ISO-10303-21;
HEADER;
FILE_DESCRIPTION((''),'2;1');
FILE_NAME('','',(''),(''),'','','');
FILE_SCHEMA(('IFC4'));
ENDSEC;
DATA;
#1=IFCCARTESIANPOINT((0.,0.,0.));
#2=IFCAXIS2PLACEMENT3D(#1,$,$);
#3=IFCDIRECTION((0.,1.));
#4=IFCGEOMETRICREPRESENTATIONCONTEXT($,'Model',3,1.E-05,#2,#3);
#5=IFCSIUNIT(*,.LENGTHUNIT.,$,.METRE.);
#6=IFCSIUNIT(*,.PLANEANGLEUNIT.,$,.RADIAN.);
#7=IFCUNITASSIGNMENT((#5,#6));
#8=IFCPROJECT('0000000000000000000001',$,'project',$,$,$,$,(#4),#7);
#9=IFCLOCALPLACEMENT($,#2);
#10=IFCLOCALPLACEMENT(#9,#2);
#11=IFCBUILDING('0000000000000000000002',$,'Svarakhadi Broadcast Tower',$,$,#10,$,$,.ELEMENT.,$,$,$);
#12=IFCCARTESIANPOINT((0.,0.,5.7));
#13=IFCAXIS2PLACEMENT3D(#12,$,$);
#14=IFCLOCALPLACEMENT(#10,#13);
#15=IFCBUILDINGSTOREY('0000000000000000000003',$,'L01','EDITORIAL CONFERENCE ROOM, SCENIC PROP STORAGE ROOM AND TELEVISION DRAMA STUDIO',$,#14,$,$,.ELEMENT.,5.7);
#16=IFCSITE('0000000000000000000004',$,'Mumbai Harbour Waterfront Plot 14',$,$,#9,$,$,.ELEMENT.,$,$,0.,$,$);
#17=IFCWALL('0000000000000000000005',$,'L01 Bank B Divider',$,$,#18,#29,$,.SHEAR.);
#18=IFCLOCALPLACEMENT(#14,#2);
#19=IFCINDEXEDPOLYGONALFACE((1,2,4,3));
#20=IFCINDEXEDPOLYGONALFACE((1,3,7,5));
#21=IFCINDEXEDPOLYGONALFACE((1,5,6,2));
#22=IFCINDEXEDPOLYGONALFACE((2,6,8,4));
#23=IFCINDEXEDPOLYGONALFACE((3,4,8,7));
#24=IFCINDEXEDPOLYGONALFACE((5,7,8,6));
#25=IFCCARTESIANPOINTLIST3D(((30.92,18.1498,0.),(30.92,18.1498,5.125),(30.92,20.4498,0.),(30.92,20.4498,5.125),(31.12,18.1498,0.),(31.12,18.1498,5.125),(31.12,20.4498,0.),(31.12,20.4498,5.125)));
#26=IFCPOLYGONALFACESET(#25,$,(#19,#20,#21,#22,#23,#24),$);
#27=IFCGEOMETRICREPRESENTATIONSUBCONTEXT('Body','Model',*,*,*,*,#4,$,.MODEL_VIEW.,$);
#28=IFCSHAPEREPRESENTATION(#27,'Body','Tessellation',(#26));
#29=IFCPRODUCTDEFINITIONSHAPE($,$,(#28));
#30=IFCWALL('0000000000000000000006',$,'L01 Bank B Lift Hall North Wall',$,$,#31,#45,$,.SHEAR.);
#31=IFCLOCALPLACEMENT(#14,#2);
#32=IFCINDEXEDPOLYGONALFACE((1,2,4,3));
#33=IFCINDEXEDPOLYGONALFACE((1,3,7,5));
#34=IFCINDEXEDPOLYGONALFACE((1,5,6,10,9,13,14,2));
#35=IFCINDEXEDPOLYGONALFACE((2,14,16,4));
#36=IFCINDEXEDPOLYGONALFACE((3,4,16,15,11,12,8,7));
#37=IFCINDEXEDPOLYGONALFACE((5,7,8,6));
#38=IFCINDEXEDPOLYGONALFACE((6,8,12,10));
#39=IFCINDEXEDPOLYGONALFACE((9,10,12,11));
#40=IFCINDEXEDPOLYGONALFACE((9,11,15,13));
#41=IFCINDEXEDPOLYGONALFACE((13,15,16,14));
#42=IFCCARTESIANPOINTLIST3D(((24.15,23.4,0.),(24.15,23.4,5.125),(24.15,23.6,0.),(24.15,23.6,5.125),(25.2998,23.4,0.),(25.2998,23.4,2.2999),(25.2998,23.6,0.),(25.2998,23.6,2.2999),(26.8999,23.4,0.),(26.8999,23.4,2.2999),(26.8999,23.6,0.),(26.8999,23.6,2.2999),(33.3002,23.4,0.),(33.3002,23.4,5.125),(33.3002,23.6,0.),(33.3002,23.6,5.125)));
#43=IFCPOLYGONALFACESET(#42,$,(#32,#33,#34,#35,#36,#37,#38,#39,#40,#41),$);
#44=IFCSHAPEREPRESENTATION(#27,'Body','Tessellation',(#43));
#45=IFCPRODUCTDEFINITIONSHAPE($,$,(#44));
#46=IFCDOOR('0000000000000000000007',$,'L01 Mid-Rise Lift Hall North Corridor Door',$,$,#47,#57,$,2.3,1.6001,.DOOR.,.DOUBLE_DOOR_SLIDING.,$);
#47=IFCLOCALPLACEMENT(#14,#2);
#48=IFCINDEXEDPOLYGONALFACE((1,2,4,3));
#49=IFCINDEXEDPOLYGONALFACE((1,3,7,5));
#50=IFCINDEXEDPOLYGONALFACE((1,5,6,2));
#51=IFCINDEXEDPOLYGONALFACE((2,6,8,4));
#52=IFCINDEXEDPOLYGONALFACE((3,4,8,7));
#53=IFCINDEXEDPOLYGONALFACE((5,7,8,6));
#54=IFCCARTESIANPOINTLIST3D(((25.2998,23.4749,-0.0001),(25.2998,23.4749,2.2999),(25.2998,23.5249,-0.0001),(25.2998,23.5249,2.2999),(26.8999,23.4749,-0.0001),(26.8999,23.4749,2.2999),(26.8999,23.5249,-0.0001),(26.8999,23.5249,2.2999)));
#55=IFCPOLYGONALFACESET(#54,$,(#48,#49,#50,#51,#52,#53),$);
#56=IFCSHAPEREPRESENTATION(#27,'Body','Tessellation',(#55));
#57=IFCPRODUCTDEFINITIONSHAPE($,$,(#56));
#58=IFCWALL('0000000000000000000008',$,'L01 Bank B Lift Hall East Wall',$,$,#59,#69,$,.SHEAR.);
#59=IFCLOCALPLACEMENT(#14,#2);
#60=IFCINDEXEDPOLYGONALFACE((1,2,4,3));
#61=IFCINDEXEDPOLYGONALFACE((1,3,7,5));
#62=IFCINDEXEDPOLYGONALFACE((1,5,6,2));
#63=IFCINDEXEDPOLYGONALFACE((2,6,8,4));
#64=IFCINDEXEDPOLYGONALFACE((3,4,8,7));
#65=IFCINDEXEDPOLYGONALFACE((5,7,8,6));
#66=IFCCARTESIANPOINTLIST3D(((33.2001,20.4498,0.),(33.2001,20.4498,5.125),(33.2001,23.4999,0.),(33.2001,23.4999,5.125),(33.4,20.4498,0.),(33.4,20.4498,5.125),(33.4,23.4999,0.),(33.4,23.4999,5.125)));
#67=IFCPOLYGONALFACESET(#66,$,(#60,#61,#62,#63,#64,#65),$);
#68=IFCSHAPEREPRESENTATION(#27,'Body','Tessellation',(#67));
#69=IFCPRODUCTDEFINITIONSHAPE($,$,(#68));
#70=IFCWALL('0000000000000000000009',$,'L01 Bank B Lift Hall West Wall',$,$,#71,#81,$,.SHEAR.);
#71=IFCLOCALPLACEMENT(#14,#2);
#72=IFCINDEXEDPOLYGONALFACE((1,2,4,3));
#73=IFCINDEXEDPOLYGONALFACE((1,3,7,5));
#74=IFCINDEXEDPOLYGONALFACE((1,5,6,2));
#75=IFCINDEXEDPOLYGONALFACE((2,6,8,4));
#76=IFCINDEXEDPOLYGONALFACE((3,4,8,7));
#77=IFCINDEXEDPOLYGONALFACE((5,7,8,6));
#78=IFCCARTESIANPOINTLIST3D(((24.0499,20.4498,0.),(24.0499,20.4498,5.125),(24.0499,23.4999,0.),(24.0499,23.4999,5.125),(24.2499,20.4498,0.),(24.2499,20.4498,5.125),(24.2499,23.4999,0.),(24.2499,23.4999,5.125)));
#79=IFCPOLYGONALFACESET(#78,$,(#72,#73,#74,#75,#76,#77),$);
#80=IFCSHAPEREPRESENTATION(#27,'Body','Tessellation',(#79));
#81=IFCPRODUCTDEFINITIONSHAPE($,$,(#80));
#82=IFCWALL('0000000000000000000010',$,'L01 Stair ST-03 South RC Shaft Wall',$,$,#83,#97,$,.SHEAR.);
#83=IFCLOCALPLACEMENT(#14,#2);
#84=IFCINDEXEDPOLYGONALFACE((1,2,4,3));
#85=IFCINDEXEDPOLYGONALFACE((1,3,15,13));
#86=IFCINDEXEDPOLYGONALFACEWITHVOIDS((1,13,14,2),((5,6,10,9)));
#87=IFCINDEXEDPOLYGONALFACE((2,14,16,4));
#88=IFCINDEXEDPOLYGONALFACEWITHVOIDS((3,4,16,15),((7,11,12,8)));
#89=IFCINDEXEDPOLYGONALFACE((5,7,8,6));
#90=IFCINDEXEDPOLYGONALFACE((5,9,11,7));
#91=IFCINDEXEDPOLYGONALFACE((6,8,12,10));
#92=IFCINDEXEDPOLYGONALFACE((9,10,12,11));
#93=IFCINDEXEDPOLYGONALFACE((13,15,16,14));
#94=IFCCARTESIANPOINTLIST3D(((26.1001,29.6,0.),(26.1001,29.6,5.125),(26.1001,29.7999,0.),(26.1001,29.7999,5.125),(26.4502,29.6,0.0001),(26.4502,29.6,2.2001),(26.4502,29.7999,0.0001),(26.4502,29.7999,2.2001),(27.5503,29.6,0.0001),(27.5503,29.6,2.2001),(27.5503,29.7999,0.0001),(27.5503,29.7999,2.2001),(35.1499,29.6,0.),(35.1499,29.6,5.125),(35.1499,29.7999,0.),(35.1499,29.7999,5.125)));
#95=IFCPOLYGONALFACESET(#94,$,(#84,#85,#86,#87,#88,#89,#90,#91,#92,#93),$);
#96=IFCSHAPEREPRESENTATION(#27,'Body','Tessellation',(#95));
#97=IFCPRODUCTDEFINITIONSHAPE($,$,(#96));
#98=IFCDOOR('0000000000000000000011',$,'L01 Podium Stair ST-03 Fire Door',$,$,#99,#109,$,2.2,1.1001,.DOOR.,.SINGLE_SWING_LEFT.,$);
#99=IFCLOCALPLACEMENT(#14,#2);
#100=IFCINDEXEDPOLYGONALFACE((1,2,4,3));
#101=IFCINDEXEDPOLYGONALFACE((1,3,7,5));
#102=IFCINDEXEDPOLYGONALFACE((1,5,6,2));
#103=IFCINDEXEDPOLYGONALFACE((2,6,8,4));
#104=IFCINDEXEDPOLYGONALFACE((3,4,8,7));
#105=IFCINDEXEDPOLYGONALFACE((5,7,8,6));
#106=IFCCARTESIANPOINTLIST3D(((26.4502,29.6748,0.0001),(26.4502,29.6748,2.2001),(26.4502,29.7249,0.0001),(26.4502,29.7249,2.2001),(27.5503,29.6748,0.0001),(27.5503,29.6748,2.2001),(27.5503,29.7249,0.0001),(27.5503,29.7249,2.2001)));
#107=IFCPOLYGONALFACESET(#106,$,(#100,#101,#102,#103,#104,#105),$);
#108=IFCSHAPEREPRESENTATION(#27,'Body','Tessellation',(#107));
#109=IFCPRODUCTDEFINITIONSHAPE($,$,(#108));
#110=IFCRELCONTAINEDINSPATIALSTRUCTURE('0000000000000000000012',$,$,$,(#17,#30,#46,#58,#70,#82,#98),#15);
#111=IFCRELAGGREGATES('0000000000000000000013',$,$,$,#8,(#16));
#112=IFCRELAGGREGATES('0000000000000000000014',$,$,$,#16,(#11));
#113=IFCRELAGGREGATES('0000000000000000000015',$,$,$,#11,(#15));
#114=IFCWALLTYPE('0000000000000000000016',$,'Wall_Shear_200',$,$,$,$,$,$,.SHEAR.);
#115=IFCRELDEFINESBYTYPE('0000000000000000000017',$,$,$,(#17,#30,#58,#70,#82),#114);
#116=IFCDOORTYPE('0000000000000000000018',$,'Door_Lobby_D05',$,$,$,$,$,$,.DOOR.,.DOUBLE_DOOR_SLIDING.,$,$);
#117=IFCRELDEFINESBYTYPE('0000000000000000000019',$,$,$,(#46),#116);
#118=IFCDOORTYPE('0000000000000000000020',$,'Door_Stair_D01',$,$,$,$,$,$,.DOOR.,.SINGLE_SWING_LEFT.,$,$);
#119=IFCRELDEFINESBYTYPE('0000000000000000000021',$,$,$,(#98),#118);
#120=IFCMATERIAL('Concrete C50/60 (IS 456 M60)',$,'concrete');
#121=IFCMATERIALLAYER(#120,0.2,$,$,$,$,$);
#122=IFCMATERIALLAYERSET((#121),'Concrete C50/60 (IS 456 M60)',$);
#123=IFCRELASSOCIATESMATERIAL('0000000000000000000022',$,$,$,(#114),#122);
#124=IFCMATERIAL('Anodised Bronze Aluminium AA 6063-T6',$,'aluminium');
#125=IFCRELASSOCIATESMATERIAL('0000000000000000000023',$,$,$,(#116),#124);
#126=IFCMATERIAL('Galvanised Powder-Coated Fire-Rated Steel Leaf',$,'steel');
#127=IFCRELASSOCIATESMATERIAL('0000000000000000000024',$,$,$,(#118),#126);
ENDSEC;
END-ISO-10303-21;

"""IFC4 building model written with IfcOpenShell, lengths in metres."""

from ifc_helpers import new_model, si_unit, direction, frame, frame_2d, origin, place, context, subcontext, project, spatial, rectangle, extrude, material, layer, layer_set, type_object, element, fill, save


model = new_model("IFC4")

# Units and contexts
model_context = context("Model", 3, precision=1e-05, world=origin(), true_north=direction((0.0, 1.0)))
body_context = subcontext(model_context, "Body", "Model", "MODEL_VIEW")
ifc_project = project(units=[si_unit("LENGTHUNIT", "METRE"), si_unit("PLANEANGLEUNIT", "RADIAN")], contexts=[model_context])

# Site, building, storey
site_placement = place(None, origin())
site = spatial("IfcSite", under=ifc_project, at=site_placement, Name="Mumbai Harbour Waterfront Plot 14", CompositionType="ELEMENT", RefElevation=0.0)
building_placement = place(site_placement, origin())
building = spatial("IfcBuilding", under=site, at=building_placement, Name="Svarakhadi Broadcast Tower", CompositionType="ELEMENT")
storey_placement = place(building_placement, frame((0.0, 0.0, 5.7)))
storey = spatial("IfcBuildingStorey", under=building, at=storey_placement, Name="L01", Description="EDITORIAL CONFERENCE ROOM, SCENIC PROP STORAGE ROOM AND TELEVISION DRAMA STUDIO", CompositionType="ELEMENT", Elevation=5.7)

# Wall
ifc_material_1 = material(Name="Concrete C50/60 (IS 456 M60)", Category="concrete")
ifc_layer_1 = layer(ifc_material_1, 0.2)
ifc_layer_set_1 = layer_set([ifc_layer_1], Name="Concrete C50/60 (IS 456 M60)")
wall_type_1 = type_object("IfcWallType", Name="Wall_Shear_200", PredefinedType="SHEAR", material=ifc_layer_set_1)
for number, where, z_axis, x_axis, name in (
    (1, (31.02, 18.1499, 0.0), (0.0, 0.0, 1.0), (0.0, 1.0, 0.0), "L01 Bank B Divider"),
):
    element("IfcWall", number, at=place(storey_placement, frame(where, z_axis=z_axis, x_axis=x_axis)), inside=storey, type_object=wall_type_1, Name=name, PredefinedType="SHEAR", context=body_context, shape_type="SweptSolid", body=[
        extrude(rectangle(XDim=2.3, YDim=0.2, at=frame_2d((1.1499, 0.0))), origin(), (0.0, 0.0, 1.0), 5.125),
    ])

# Wall, opening, door
wall_1_placement = place(storey_placement, frame((24.1499, 23.5, 0.0), z_axis=(0.0, 0.0, 1.0), x_axis=(1.0, 0.0, 0.0)))
wall_1 = element("IfcWall", 2, at=wall_1_placement, inside=storey, type_object=wall_type_1, Name="L01 Bank B Lift Hall North Wall", PredefinedType="SHEAR", context=body_context, shape_type="SweptSolid", body=[
    extrude(rectangle(XDim=9.1501, YDim=0.2, at=frame_2d((4.5752, 0.0))), origin(), (0.0, 0.0, 1.0), 5.125),
])
opening_1_placement = place(wall_1_placement, frame((1.1499, 0.0, 0.0)))
opening_1 = element("IfcOpeningElement", 3, at=opening_1_placement, cuts=wall_1, PredefinedType="OPENING", context=body_context, shape_type="SweptSolid", body=[
    extrude(rectangle(XDim=1.6001, YDim=2.3, at=frame_2d((0.8, 1.1499))), frame((0.0, 0.1099, 0.0), z_axis=(0.0, -1.0, 0.0), x_axis=(1.0, 0.0, 0.0)), (0.0, 0.0, 1.0), 0.22),
])
ifc_material_2 = material(Name="Anodised Bronze Aluminium AA 6063-T6", Category="aluminium")
door_type_1 = type_object("IfcDoorType", Name="Door_Lobby_D05", OperationType="DOUBLE_DOOR_SLIDING", PredefinedType="DOOR", material=ifc_material_2)
door_1_placement = place(opening_1_placement, origin())
door_1 = element("IfcDoor", 4, at=door_1_placement, inside=storey, type_object=door_type_1, Name="L01 Mid-Rise Lift Hall North Corridor Door", OperationType="DOUBLE_DOOR_SLIDING", OverallHeight=2.3, OverallWidth=1.6001, PredefinedType="DOOR", context=body_context, shape_type="SweptSolid", body=[
    extrude(rectangle(XDim=1.6001, YDim=2.3, at=frame_2d((0.8, 1.1499))), frame((0.0, 0.0249, 0.0), z_axis=(0.0, -1.0, 0.0), x_axis=(1.0, 0.0, 0.0)), (0.0, 0.0, 1.0), 0.05),
])
fill(opening_1, door_1)

# Walls
for number, where, z_axis, x_axis, name in (
    (5, (33.3, 20.45, 0.0), (0.0, 0.0, 1.0), (0.0, 1.0, 0.0), "L01 Bank B Lift Hall East Wall"),
    (6, (24.1499, 20.45, 0.0), (0.0, 0.0, 1.0), (0.0, 1.0, 0.0), "L01 Bank B Lift Hall West Wall"),
):
    element("IfcWall", number, at=place(storey_placement, frame(where, z_axis=z_axis, x_axis=x_axis)), inside=storey, type_object=wall_type_1, Name=name, PredefinedType="SHEAR", context=body_context, shape_type="SweptSolid", body=[
        extrude(rectangle(XDim=3.05, YDim=0.2, at=frame_2d((1.5249, 0.0))), origin(), (0.0, 0.0, 1.0), 5.125),
    ])

# Wall, opening, door
wall_2_placement = place(storey_placement, frame((26.1001, 29.7, 0.0), z_axis=(0.0, 0.0, 1.0), x_axis=(1.0, 0.0, 0.0)))
wall_2 = element("IfcWall", 7, at=wall_2_placement, inside=storey, type_object=wall_type_1, Name="L01 Stair ST-03 South RC Shaft Wall", PredefinedType="SHEAR", context=body_context, shape_type="SweptSolid", body=[
    extrude(rectangle(XDim=9.0498, YDim=0.2, at=frame_2d((4.5249, 0.0))), origin(), (0.0, 0.0, 1.0), 5.125),
])
opening_2_placement = place(wall_2_placement, frame((0.3501, 0.0, 0.0)))
opening_2 = element("IfcOpeningElement", 8, at=opening_2_placement, cuts=wall_2, PredefinedType="OPENING", context=body_context, shape_type="SweptSolid", body=[
    extrude(rectangle(XDim=1.1001, YDim=2.2, at=frame_2d((0.55, 1.1001))), frame((0.0, 0.1099, 0.0), z_axis=(0.0, -1.0, 0.0), x_axis=(1.0, 0.0, 0.0)), (0.0, 0.0, 1.0), 0.22),
])
ifc_material_3 = material(Name="Galvanised Powder-Coated Fire-Rated Steel Leaf", Category="steel")
door_type_2 = type_object("IfcDoorType", Name="Door_Stair_D01", OperationType="SINGLE_SWING_LEFT", PredefinedType="DOOR", material=ifc_material_3)
door_2_placement = place(opening_2_placement, origin())
door_2 = element("IfcDoor", 9, at=door_2_placement, inside=storey, type_object=door_type_2, Name="L01 Podium Stair ST-03 Fire Door", OperationType="SINGLE_SWING_LEFT", OverallHeight=2.2, OverallWidth=1.1001, PredefinedType="DOOR", context=body_context, shape_type="SweptSolid", body=[
    extrude(rectangle(XDim=1.1001, YDim=2.2, at=frame_2d((0.55, 1.1001))), frame((0.0, 0.0249, 0.0), z_axis=(0.0, -1.0, 0.0), x_axis=(1.0, 0.0, 0.0)), (0.0, 0.0, 1.0), 0.05),
])
fill(opening_2, door_2)

save(model, "model.ifc")
